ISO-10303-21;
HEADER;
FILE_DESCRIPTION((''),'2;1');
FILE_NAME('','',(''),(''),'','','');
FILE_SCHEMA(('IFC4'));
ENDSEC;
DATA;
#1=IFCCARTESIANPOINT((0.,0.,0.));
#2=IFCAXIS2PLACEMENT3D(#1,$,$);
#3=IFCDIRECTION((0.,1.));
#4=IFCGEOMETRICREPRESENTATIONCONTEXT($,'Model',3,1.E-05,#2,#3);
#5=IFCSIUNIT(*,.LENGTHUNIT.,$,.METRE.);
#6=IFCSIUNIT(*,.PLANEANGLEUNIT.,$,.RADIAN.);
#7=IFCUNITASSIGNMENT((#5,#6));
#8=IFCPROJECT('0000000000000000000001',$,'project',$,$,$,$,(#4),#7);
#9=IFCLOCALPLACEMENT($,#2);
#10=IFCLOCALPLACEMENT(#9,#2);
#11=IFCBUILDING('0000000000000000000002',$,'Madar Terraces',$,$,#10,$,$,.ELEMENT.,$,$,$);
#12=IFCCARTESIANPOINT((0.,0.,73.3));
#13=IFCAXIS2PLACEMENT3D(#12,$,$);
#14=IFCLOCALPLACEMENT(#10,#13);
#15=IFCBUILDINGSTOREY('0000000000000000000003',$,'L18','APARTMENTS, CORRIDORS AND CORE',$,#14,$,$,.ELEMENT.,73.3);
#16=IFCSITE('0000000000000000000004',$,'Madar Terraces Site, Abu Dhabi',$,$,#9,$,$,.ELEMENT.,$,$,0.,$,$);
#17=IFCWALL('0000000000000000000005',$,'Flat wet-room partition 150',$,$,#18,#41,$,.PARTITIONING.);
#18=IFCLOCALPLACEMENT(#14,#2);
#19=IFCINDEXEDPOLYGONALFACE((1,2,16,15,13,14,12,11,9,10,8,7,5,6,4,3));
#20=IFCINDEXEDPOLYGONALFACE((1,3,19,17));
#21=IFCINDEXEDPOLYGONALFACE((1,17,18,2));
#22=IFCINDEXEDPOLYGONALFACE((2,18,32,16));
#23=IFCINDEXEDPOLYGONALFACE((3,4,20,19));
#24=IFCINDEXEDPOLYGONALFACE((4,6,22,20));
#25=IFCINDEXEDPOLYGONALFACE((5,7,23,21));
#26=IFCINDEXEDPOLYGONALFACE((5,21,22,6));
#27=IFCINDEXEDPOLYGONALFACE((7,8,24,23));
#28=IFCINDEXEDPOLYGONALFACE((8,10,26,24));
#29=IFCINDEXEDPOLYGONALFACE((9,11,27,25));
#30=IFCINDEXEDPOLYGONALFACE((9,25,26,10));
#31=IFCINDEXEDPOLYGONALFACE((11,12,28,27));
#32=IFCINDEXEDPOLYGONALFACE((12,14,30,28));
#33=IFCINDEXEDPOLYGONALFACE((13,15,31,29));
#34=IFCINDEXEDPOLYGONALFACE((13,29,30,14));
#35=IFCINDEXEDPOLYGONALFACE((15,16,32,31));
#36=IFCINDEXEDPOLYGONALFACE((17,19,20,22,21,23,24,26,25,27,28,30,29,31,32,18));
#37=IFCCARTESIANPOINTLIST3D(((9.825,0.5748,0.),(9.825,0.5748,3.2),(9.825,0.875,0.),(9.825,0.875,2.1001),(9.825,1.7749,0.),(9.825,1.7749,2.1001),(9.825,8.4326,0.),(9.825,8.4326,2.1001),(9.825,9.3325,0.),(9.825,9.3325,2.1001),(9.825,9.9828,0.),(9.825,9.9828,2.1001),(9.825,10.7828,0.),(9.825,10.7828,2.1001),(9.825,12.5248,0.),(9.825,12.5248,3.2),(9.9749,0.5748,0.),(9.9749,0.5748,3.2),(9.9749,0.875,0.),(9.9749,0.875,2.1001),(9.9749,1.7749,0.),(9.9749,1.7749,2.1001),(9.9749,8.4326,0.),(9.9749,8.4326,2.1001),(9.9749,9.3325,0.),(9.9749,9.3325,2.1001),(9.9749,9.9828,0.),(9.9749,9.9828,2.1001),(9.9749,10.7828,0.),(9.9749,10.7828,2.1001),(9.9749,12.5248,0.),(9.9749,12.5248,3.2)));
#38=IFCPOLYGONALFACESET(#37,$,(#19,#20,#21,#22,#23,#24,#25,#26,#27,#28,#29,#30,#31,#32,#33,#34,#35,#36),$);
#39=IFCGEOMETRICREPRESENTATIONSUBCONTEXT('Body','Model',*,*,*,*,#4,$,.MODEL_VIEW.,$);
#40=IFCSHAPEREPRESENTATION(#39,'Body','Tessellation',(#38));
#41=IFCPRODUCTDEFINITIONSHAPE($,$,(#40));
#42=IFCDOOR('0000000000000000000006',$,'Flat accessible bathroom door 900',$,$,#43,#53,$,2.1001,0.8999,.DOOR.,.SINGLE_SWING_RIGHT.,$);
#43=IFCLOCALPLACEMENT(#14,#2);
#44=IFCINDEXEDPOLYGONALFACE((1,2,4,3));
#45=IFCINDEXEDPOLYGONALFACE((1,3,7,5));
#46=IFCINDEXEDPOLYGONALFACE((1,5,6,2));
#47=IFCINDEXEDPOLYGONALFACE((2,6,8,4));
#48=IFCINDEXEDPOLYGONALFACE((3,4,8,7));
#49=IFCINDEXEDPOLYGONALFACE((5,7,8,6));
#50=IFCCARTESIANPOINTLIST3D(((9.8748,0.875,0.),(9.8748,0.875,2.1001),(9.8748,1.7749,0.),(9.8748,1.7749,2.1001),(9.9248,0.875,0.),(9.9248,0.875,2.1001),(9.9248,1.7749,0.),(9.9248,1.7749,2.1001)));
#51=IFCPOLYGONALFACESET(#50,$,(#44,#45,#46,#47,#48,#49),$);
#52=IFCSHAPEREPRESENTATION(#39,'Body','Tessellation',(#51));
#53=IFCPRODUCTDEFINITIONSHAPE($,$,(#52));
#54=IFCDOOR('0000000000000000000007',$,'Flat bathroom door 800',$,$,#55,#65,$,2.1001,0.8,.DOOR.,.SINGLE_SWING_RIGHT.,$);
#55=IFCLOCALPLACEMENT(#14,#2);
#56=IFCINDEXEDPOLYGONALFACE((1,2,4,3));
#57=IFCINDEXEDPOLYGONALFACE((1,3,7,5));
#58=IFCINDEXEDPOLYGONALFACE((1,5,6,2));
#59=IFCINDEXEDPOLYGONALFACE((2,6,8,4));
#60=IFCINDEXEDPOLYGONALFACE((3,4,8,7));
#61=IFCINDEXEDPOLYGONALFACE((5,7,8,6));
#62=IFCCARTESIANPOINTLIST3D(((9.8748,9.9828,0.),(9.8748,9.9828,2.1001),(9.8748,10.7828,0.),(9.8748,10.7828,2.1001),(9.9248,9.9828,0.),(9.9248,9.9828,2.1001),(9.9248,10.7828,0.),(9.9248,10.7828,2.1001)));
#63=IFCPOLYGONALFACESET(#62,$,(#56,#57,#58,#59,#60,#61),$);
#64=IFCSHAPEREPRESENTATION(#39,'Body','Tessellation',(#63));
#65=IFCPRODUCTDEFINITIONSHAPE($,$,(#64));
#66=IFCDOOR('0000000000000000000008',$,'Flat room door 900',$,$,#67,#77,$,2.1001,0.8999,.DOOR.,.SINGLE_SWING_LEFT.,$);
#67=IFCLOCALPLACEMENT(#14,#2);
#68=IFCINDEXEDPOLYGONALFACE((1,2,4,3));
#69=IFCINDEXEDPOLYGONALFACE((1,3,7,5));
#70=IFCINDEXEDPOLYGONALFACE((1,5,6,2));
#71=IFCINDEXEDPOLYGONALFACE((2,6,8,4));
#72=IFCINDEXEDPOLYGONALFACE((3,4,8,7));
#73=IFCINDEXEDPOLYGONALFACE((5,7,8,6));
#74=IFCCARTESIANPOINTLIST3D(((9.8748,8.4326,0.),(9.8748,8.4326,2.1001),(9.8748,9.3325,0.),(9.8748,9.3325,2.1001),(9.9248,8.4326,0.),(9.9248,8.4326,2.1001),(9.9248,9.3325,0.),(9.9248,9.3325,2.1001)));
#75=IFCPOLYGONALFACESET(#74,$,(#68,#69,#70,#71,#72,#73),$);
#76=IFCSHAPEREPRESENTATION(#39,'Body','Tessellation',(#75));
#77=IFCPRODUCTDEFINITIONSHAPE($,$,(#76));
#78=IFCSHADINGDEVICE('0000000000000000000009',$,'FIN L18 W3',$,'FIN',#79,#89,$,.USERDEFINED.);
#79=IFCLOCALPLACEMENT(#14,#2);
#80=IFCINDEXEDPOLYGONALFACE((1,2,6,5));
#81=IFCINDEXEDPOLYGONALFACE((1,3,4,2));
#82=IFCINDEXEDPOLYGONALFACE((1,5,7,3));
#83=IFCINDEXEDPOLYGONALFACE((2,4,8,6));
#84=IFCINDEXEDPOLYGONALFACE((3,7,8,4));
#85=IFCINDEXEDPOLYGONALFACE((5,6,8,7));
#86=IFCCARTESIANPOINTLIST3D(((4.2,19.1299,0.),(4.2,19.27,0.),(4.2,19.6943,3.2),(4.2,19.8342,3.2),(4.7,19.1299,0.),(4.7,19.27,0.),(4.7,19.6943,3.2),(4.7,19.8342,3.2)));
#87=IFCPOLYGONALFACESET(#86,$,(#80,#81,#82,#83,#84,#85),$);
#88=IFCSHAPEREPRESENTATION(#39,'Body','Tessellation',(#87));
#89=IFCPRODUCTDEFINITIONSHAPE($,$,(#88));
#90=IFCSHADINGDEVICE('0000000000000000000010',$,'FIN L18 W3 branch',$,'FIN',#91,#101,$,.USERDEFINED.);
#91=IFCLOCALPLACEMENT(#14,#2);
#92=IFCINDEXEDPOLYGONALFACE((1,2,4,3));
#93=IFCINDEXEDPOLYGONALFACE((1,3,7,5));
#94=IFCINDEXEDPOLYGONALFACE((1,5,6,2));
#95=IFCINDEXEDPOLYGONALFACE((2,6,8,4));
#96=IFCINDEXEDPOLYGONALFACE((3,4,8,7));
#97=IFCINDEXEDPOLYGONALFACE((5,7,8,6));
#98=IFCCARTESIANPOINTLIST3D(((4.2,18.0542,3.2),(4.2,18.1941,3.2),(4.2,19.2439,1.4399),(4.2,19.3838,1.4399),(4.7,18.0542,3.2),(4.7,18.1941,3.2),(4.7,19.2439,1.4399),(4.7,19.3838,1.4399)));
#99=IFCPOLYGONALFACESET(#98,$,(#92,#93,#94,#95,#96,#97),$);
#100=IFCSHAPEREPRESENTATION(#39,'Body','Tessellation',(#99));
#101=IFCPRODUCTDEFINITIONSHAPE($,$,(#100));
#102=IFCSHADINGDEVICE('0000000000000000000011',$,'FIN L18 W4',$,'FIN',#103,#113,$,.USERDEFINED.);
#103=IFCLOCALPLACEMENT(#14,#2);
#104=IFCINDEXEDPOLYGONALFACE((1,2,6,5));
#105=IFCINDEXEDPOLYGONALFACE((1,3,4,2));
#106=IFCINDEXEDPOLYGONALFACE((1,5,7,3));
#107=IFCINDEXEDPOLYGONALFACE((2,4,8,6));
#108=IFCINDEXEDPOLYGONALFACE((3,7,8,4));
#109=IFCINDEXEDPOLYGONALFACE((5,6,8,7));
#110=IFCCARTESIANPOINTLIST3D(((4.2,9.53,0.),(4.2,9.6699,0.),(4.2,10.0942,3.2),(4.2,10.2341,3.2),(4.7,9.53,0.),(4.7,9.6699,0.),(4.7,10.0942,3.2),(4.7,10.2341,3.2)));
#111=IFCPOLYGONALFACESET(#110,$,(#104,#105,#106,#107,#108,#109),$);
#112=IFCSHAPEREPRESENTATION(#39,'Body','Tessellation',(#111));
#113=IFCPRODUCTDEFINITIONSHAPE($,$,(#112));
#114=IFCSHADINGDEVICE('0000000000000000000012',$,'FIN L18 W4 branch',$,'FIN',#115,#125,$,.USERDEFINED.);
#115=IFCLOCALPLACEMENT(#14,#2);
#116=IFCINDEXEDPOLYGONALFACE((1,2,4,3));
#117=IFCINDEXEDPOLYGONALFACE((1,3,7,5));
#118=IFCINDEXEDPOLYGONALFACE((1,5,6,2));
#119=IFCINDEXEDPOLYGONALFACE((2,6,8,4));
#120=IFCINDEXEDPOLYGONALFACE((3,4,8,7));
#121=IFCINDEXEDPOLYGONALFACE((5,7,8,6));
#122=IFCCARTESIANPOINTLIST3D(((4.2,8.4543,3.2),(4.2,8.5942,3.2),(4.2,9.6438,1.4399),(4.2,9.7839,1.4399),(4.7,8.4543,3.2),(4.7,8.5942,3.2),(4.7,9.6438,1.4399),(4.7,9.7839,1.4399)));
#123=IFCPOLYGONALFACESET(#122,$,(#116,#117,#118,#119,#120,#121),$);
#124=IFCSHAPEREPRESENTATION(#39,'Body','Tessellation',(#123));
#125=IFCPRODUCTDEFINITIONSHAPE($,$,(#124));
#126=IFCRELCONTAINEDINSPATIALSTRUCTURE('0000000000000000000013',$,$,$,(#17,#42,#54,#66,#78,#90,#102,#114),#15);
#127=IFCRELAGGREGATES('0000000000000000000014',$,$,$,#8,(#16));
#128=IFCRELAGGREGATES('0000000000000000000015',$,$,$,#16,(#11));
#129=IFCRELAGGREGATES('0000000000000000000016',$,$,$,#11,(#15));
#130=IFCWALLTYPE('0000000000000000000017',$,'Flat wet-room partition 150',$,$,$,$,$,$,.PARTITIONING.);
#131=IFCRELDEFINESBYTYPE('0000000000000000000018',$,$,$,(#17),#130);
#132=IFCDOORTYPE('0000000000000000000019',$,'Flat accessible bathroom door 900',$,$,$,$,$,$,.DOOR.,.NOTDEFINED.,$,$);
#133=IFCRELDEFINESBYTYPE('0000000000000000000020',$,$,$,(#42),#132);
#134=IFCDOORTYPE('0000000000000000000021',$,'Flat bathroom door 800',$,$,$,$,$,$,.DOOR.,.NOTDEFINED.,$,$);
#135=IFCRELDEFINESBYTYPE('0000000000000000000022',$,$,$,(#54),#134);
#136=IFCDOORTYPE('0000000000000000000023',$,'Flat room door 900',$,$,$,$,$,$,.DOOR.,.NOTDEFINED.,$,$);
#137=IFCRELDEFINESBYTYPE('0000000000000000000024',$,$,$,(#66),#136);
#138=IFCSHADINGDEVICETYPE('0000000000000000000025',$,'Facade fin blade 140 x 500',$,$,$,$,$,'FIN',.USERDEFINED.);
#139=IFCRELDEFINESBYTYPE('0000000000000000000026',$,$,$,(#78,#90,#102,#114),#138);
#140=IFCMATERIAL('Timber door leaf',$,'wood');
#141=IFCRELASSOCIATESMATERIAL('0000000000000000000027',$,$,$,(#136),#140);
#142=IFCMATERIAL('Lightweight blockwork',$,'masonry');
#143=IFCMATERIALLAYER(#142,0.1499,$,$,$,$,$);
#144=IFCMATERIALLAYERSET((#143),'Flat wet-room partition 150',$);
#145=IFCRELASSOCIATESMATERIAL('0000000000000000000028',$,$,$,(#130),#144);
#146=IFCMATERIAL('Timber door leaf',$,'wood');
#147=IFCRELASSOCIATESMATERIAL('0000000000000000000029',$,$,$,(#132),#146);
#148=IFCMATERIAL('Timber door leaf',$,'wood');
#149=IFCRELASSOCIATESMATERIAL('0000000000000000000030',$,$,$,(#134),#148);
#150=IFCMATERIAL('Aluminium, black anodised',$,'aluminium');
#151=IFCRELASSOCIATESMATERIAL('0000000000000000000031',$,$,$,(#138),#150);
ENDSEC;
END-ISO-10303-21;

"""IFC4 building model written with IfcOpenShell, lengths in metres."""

from ifc_helpers import new_model, si_unit, direction, frame, frame_2d, origin, place, context, subcontext, project, spatial, polyline, rectangle, outline, extrude, material, layer, layer_set, type_object, element, fill, save


model = new_model("IFC4")

# Units and contexts
model_context = context("Model", 3, precision=1e-05, world=origin(), true_north=direction((0.0, 1.0)))
body_context = subcontext(model_context, "Body", "Model", "MODEL_VIEW")
ifc_project = project(units=[si_unit("LENGTHUNIT", "METRE"), si_unit("PLANEANGLEUNIT", "RADIAN")], contexts=[model_context])

# Site, building, storey
site_placement = place(None, origin())
site = spatial("IfcSite", under=ifc_project, at=site_placement, Name="Madar Terraces Site, Abu Dhabi", CompositionType="ELEMENT", RefElevation=0.0)
building_placement = place(site_placement, origin())
building = spatial("IfcBuilding", under=site, at=building_placement, Name="Madar Terraces", CompositionType="ELEMENT")
storey_placement = place(building_placement, frame((0.0, 0.0, 73.3)))
storey = spatial("IfcBuildingStorey", under=building, at=storey_placement, Name="L18", Description="APARTMENTS, CORRIDORS AND CORE", CompositionType="ELEMENT", Elevation=73.3)

# Shared definitions
ifc_material_1 = material(Name="Timber door leaf", Category="wood")
door_type_1 = type_object("IfcDoorType", Name="Flat room door 900", OperationType="NOTDEFINED", PredefinedType="DOOR", material=ifc_material_1)

# Shared definitions
ifc_material_2 = material(Name="Lightweight blockwork", Category="masonry")
ifc_layer_1 = layer(ifc_material_2, 0.1499)
ifc_layer_set_1 = layer_set([ifc_layer_1], Name="Flat wet-room partition 150")
wall_type_1 = type_object("IfcWallType", Name="Flat wet-room partition 150", PredefinedType="PARTITIONING", material=ifc_layer_set_1)

# Wall, openings, doors
wall_1_placement = place(storey_placement, frame((9.8999, 12.5249, 0.0), z_axis=(0.0, 0.0, 1.0), x_axis=(0.0, -1.0, 0.0)))
wall_1 = element("IfcWall", 1, at=wall_1_placement, inside=storey, type_object=wall_type_1, Name="Flat wet-room partition 150", PredefinedType="PARTITIONING", context=body_context, shape_type="SweptSolid", body=[
    extrude(rectangle(XDim=11.95, YDim=0.1499, at=frame_2d((5.9751, 0.0))), origin(), (0.0, 0.0, 1.0), 3.2),
])
opening_1_placement = place(wall_1_placement, frame((1.7422, 0.0, 0.0)))
opening_1 = element("IfcOpeningElement", 2, at=opening_1_placement, cuts=wall_1, PredefinedType="OPENING", context=body_context, shape_type="SweptSolid", body=[
    extrude(rectangle(XDim=0.8, YDim=2.1001, at=frame_2d((0.3999, 1.05))), frame((0.0, 0.085, 0.0), z_axis=(0.0, -1.0, 0.0), x_axis=(1.0, 0.0, 0.0)), (0.0, 0.0, 1.0), 0.1699),
])
opening_2_placement = place(wall_1_placement, frame((3.1924, 0.0, 0.0)))
opening_2 = element("IfcOpeningElement", 3, at=opening_2_placement, cuts=wall_1, PredefinedType="OPENING", context=body_context, shape_type="SweptSolid", body=[
    extrude(rectangle(XDim=0.8999, YDim=2.1001, at=frame_2d((0.45, 1.05))), frame((0.0, 0.085, 0.0), z_axis=(0.0, -1.0, 0.0), x_axis=(1.0, 0.0, 0.0)), (0.0, 0.0, 1.0), 0.1699),
])
opening_3_placement = place(wall_1_placement, frame((10.75, 0.0, 0.0)))
opening_3 = element("IfcOpeningElement", 4, at=opening_3_placement, cuts=wall_1, PredefinedType="OPENING", context=body_context, shape_type="SweptSolid", body=[
    extrude(rectangle(XDim=0.8999, YDim=2.1001, at=frame_2d((0.45, 1.05))), frame((0.0, 0.085, 0.0), z_axis=(0.0, -1.0, 0.0), x_axis=(1.0, 0.0, 0.0)), (0.0, 0.0, 1.0), 0.1699),
])
ifc_material_3 = material(Name="Timber door leaf", Category="wood")
door_type_2 = type_object("IfcDoorType", Name="Flat accessible bathroom door 900", OperationType="NOTDEFINED", PredefinedType="DOOR", material=ifc_material_3)
door_1_placement = place(opening_3_placement, origin())
door_1 = element("IfcDoor", 5, at=door_1_placement, inside=storey, type_object=door_type_2, Name="Flat accessible bathroom door 900", OperationType="SINGLE_SWING_RIGHT", OverallHeight=2.1001, OverallWidth=0.8999, PredefinedType="DOOR", context=body_context, shape_type="SweptSolid", body=[
    extrude(rectangle(XDim=0.8999, YDim=2.1001, at=frame_2d((0.45, 1.05))), frame((0.0, 0.0249, 0.0), z_axis=(0.0, -1.0, 0.0), x_axis=(1.0, 0.0, 0.0)), (0.0, 0.0, 1.0), 0.05),
])
fill(opening_3, door_1)
ifc_material_4 = material(Name="Timber door leaf", Category="wood")
door_type_3 = type_object("IfcDoorType", Name="Flat bathroom door 800", OperationType="NOTDEFINED", PredefinedType="DOOR", material=ifc_material_4)
door_2_placement = place(opening_1_placement, origin())
door_2 = element("IfcDoor", 6, at=door_2_placement, inside=storey, type_object=door_type_3, Name="Flat bathroom door 800", OperationType="SINGLE_SWING_RIGHT", OverallHeight=2.1001, OverallWidth=0.8, PredefinedType="DOOR", context=body_context, shape_type="SweptSolid", body=[
    extrude(rectangle(XDim=0.8, YDim=2.1001, at=frame_2d((0.3999, 1.05))), frame((0.0, 0.0249, 0.0), z_axis=(0.0, -1.0, 0.0), x_axis=(1.0, 0.0, 0.0)), (0.0, 0.0, 1.0), 0.05),
])
fill(opening_1, door_2)
door_3_placement = place(opening_2_placement, origin())
door_3 = element("IfcDoor", 7, at=door_3_placement, inside=storey, type_object=door_type_1, Name="Flat room door 900", OperationType="SINGLE_SWING_LEFT", OverallHeight=2.1001, OverallWidth=0.8999, PredefinedType="DOOR", context=body_context, shape_type="SweptSolid", body=[
    extrude(rectangle(XDim=0.8999, YDim=2.1001, at=frame_2d((0.45, 1.05))), frame((0.0, 0.0249, 0.0), z_axis=(0.0, -1.0, 0.0), x_axis=(1.0, 0.0, 0.0)), (0.0, 0.0, 1.0), 0.05),
])
fill(opening_2, door_3)

# Shading devices
ifc_material_5 = material(Name="Aluminium, black anodised", Category="aluminium")
shading_device_type = type_object("IfcShadingDeviceType", Name="Facade fin blade 140 x 500", ElementType="FIN", PredefinedType="USERDEFINED", material=ifc_material_5)
shading_device_1_placement = place(storey_placement, frame((4.45, 19.27, 0.0), z_axis=(0.0, 0.0, 1.0), x_axis=(0.0, -1.0, 0.0)))
element("IfcShadingDevice", 8, at=shading_device_1_placement, inside=storey, type_object=shading_device_type, Name="FIN L18 W3", ObjectType="FIN", PredefinedType="USERDEFINED", context=body_context, shape_type="SweptSolid", body=[
    extrude(outline(polyline([(0.0, 0.0), (0.1401, 0.0), (-0.4243, 3.2), (-0.5642, 3.2), (0.0, 0.0)])), frame((0.0, 0.25, 0.0), z_axis=(0.0, -1.0, 0.0), x_axis=(1.0, 0.0, 0.0)), (0.0, 0.0, 1.0), 0.5),
])
shading_device_2_placement = place(storey_placement, frame((4.45, 19.3838, 1.4399), z_axis=(0.0, 0.0, 1.0), x_axis=(0.0, -1.0, 0.0)))
element("IfcShadingDevice", 9, at=shading_device_2_placement, inside=storey, type_object=shading_device_type, Name="FIN L18 W3 branch", ObjectType="FIN", PredefinedType="USERDEFINED", context=body_context, shape_type="SweptSolid", body=[
    extrude(outline(polyline([(0.0, 0.0), (0.1399, 0.0), (1.3296, 1.76), (1.1897, 1.76), (0.0, 0.0)])), frame((0.0, 0.25, 0.0), z_axis=(0.0, -1.0, 0.0), x_axis=(1.0, 0.0, 0.0)), (0.0, 0.0, 1.0), 0.5),
])
shading_device_3_placement = place(storey_placement, frame((4.45, 9.6699, 0.0), z_axis=(0.0, 0.0, 1.0), x_axis=(0.0, -1.0, 0.0)))
element("IfcShadingDevice", 10, at=shading_device_3_placement, inside=storey, type_object=shading_device_type, Name="FIN L18 W4", ObjectType="FIN", PredefinedType="USERDEFINED", context=body_context, shape_type="SweptSolid", body=[
    extrude(outline(polyline([(0.0, 0.0), (0.1399, 0.0), (-0.4243, 3.2), (-0.5642, 3.2), (0.0, 0.0)])), frame((0.0, 0.25, 0.0), z_axis=(0.0, -1.0, 0.0), x_axis=(1.0, 0.0, 0.0)), (0.0, 0.0, 1.0), 0.5),
])
shading_device_4_placement = place(storey_placement, frame((4.45, 9.7839, 1.4399), z_axis=(0.0, 0.0, 1.0), x_axis=(0.0, -1.0, 0.0)))
element("IfcShadingDevice", 11, at=shading_device_4_placement, inside=storey, type_object=shading_device_type, Name="FIN L18 W4 branch", ObjectType="FIN", PredefinedType="USERDEFINED", context=body_context, shape_type="SweptSolid", body=[
    extrude(outline(polyline([(0.0, 0.0), (0.1401, 0.0), (1.3296, 1.76), (1.1897, 1.76), (0.0, 0.0)])), frame((0.0, 0.25, 0.0), z_axis=(0.0, -1.0, 0.0), x_axis=(1.0, 0.0, 0.0)), (0.0, 0.0, 1.0), 0.5),
])

save(model, "model.ifc")
